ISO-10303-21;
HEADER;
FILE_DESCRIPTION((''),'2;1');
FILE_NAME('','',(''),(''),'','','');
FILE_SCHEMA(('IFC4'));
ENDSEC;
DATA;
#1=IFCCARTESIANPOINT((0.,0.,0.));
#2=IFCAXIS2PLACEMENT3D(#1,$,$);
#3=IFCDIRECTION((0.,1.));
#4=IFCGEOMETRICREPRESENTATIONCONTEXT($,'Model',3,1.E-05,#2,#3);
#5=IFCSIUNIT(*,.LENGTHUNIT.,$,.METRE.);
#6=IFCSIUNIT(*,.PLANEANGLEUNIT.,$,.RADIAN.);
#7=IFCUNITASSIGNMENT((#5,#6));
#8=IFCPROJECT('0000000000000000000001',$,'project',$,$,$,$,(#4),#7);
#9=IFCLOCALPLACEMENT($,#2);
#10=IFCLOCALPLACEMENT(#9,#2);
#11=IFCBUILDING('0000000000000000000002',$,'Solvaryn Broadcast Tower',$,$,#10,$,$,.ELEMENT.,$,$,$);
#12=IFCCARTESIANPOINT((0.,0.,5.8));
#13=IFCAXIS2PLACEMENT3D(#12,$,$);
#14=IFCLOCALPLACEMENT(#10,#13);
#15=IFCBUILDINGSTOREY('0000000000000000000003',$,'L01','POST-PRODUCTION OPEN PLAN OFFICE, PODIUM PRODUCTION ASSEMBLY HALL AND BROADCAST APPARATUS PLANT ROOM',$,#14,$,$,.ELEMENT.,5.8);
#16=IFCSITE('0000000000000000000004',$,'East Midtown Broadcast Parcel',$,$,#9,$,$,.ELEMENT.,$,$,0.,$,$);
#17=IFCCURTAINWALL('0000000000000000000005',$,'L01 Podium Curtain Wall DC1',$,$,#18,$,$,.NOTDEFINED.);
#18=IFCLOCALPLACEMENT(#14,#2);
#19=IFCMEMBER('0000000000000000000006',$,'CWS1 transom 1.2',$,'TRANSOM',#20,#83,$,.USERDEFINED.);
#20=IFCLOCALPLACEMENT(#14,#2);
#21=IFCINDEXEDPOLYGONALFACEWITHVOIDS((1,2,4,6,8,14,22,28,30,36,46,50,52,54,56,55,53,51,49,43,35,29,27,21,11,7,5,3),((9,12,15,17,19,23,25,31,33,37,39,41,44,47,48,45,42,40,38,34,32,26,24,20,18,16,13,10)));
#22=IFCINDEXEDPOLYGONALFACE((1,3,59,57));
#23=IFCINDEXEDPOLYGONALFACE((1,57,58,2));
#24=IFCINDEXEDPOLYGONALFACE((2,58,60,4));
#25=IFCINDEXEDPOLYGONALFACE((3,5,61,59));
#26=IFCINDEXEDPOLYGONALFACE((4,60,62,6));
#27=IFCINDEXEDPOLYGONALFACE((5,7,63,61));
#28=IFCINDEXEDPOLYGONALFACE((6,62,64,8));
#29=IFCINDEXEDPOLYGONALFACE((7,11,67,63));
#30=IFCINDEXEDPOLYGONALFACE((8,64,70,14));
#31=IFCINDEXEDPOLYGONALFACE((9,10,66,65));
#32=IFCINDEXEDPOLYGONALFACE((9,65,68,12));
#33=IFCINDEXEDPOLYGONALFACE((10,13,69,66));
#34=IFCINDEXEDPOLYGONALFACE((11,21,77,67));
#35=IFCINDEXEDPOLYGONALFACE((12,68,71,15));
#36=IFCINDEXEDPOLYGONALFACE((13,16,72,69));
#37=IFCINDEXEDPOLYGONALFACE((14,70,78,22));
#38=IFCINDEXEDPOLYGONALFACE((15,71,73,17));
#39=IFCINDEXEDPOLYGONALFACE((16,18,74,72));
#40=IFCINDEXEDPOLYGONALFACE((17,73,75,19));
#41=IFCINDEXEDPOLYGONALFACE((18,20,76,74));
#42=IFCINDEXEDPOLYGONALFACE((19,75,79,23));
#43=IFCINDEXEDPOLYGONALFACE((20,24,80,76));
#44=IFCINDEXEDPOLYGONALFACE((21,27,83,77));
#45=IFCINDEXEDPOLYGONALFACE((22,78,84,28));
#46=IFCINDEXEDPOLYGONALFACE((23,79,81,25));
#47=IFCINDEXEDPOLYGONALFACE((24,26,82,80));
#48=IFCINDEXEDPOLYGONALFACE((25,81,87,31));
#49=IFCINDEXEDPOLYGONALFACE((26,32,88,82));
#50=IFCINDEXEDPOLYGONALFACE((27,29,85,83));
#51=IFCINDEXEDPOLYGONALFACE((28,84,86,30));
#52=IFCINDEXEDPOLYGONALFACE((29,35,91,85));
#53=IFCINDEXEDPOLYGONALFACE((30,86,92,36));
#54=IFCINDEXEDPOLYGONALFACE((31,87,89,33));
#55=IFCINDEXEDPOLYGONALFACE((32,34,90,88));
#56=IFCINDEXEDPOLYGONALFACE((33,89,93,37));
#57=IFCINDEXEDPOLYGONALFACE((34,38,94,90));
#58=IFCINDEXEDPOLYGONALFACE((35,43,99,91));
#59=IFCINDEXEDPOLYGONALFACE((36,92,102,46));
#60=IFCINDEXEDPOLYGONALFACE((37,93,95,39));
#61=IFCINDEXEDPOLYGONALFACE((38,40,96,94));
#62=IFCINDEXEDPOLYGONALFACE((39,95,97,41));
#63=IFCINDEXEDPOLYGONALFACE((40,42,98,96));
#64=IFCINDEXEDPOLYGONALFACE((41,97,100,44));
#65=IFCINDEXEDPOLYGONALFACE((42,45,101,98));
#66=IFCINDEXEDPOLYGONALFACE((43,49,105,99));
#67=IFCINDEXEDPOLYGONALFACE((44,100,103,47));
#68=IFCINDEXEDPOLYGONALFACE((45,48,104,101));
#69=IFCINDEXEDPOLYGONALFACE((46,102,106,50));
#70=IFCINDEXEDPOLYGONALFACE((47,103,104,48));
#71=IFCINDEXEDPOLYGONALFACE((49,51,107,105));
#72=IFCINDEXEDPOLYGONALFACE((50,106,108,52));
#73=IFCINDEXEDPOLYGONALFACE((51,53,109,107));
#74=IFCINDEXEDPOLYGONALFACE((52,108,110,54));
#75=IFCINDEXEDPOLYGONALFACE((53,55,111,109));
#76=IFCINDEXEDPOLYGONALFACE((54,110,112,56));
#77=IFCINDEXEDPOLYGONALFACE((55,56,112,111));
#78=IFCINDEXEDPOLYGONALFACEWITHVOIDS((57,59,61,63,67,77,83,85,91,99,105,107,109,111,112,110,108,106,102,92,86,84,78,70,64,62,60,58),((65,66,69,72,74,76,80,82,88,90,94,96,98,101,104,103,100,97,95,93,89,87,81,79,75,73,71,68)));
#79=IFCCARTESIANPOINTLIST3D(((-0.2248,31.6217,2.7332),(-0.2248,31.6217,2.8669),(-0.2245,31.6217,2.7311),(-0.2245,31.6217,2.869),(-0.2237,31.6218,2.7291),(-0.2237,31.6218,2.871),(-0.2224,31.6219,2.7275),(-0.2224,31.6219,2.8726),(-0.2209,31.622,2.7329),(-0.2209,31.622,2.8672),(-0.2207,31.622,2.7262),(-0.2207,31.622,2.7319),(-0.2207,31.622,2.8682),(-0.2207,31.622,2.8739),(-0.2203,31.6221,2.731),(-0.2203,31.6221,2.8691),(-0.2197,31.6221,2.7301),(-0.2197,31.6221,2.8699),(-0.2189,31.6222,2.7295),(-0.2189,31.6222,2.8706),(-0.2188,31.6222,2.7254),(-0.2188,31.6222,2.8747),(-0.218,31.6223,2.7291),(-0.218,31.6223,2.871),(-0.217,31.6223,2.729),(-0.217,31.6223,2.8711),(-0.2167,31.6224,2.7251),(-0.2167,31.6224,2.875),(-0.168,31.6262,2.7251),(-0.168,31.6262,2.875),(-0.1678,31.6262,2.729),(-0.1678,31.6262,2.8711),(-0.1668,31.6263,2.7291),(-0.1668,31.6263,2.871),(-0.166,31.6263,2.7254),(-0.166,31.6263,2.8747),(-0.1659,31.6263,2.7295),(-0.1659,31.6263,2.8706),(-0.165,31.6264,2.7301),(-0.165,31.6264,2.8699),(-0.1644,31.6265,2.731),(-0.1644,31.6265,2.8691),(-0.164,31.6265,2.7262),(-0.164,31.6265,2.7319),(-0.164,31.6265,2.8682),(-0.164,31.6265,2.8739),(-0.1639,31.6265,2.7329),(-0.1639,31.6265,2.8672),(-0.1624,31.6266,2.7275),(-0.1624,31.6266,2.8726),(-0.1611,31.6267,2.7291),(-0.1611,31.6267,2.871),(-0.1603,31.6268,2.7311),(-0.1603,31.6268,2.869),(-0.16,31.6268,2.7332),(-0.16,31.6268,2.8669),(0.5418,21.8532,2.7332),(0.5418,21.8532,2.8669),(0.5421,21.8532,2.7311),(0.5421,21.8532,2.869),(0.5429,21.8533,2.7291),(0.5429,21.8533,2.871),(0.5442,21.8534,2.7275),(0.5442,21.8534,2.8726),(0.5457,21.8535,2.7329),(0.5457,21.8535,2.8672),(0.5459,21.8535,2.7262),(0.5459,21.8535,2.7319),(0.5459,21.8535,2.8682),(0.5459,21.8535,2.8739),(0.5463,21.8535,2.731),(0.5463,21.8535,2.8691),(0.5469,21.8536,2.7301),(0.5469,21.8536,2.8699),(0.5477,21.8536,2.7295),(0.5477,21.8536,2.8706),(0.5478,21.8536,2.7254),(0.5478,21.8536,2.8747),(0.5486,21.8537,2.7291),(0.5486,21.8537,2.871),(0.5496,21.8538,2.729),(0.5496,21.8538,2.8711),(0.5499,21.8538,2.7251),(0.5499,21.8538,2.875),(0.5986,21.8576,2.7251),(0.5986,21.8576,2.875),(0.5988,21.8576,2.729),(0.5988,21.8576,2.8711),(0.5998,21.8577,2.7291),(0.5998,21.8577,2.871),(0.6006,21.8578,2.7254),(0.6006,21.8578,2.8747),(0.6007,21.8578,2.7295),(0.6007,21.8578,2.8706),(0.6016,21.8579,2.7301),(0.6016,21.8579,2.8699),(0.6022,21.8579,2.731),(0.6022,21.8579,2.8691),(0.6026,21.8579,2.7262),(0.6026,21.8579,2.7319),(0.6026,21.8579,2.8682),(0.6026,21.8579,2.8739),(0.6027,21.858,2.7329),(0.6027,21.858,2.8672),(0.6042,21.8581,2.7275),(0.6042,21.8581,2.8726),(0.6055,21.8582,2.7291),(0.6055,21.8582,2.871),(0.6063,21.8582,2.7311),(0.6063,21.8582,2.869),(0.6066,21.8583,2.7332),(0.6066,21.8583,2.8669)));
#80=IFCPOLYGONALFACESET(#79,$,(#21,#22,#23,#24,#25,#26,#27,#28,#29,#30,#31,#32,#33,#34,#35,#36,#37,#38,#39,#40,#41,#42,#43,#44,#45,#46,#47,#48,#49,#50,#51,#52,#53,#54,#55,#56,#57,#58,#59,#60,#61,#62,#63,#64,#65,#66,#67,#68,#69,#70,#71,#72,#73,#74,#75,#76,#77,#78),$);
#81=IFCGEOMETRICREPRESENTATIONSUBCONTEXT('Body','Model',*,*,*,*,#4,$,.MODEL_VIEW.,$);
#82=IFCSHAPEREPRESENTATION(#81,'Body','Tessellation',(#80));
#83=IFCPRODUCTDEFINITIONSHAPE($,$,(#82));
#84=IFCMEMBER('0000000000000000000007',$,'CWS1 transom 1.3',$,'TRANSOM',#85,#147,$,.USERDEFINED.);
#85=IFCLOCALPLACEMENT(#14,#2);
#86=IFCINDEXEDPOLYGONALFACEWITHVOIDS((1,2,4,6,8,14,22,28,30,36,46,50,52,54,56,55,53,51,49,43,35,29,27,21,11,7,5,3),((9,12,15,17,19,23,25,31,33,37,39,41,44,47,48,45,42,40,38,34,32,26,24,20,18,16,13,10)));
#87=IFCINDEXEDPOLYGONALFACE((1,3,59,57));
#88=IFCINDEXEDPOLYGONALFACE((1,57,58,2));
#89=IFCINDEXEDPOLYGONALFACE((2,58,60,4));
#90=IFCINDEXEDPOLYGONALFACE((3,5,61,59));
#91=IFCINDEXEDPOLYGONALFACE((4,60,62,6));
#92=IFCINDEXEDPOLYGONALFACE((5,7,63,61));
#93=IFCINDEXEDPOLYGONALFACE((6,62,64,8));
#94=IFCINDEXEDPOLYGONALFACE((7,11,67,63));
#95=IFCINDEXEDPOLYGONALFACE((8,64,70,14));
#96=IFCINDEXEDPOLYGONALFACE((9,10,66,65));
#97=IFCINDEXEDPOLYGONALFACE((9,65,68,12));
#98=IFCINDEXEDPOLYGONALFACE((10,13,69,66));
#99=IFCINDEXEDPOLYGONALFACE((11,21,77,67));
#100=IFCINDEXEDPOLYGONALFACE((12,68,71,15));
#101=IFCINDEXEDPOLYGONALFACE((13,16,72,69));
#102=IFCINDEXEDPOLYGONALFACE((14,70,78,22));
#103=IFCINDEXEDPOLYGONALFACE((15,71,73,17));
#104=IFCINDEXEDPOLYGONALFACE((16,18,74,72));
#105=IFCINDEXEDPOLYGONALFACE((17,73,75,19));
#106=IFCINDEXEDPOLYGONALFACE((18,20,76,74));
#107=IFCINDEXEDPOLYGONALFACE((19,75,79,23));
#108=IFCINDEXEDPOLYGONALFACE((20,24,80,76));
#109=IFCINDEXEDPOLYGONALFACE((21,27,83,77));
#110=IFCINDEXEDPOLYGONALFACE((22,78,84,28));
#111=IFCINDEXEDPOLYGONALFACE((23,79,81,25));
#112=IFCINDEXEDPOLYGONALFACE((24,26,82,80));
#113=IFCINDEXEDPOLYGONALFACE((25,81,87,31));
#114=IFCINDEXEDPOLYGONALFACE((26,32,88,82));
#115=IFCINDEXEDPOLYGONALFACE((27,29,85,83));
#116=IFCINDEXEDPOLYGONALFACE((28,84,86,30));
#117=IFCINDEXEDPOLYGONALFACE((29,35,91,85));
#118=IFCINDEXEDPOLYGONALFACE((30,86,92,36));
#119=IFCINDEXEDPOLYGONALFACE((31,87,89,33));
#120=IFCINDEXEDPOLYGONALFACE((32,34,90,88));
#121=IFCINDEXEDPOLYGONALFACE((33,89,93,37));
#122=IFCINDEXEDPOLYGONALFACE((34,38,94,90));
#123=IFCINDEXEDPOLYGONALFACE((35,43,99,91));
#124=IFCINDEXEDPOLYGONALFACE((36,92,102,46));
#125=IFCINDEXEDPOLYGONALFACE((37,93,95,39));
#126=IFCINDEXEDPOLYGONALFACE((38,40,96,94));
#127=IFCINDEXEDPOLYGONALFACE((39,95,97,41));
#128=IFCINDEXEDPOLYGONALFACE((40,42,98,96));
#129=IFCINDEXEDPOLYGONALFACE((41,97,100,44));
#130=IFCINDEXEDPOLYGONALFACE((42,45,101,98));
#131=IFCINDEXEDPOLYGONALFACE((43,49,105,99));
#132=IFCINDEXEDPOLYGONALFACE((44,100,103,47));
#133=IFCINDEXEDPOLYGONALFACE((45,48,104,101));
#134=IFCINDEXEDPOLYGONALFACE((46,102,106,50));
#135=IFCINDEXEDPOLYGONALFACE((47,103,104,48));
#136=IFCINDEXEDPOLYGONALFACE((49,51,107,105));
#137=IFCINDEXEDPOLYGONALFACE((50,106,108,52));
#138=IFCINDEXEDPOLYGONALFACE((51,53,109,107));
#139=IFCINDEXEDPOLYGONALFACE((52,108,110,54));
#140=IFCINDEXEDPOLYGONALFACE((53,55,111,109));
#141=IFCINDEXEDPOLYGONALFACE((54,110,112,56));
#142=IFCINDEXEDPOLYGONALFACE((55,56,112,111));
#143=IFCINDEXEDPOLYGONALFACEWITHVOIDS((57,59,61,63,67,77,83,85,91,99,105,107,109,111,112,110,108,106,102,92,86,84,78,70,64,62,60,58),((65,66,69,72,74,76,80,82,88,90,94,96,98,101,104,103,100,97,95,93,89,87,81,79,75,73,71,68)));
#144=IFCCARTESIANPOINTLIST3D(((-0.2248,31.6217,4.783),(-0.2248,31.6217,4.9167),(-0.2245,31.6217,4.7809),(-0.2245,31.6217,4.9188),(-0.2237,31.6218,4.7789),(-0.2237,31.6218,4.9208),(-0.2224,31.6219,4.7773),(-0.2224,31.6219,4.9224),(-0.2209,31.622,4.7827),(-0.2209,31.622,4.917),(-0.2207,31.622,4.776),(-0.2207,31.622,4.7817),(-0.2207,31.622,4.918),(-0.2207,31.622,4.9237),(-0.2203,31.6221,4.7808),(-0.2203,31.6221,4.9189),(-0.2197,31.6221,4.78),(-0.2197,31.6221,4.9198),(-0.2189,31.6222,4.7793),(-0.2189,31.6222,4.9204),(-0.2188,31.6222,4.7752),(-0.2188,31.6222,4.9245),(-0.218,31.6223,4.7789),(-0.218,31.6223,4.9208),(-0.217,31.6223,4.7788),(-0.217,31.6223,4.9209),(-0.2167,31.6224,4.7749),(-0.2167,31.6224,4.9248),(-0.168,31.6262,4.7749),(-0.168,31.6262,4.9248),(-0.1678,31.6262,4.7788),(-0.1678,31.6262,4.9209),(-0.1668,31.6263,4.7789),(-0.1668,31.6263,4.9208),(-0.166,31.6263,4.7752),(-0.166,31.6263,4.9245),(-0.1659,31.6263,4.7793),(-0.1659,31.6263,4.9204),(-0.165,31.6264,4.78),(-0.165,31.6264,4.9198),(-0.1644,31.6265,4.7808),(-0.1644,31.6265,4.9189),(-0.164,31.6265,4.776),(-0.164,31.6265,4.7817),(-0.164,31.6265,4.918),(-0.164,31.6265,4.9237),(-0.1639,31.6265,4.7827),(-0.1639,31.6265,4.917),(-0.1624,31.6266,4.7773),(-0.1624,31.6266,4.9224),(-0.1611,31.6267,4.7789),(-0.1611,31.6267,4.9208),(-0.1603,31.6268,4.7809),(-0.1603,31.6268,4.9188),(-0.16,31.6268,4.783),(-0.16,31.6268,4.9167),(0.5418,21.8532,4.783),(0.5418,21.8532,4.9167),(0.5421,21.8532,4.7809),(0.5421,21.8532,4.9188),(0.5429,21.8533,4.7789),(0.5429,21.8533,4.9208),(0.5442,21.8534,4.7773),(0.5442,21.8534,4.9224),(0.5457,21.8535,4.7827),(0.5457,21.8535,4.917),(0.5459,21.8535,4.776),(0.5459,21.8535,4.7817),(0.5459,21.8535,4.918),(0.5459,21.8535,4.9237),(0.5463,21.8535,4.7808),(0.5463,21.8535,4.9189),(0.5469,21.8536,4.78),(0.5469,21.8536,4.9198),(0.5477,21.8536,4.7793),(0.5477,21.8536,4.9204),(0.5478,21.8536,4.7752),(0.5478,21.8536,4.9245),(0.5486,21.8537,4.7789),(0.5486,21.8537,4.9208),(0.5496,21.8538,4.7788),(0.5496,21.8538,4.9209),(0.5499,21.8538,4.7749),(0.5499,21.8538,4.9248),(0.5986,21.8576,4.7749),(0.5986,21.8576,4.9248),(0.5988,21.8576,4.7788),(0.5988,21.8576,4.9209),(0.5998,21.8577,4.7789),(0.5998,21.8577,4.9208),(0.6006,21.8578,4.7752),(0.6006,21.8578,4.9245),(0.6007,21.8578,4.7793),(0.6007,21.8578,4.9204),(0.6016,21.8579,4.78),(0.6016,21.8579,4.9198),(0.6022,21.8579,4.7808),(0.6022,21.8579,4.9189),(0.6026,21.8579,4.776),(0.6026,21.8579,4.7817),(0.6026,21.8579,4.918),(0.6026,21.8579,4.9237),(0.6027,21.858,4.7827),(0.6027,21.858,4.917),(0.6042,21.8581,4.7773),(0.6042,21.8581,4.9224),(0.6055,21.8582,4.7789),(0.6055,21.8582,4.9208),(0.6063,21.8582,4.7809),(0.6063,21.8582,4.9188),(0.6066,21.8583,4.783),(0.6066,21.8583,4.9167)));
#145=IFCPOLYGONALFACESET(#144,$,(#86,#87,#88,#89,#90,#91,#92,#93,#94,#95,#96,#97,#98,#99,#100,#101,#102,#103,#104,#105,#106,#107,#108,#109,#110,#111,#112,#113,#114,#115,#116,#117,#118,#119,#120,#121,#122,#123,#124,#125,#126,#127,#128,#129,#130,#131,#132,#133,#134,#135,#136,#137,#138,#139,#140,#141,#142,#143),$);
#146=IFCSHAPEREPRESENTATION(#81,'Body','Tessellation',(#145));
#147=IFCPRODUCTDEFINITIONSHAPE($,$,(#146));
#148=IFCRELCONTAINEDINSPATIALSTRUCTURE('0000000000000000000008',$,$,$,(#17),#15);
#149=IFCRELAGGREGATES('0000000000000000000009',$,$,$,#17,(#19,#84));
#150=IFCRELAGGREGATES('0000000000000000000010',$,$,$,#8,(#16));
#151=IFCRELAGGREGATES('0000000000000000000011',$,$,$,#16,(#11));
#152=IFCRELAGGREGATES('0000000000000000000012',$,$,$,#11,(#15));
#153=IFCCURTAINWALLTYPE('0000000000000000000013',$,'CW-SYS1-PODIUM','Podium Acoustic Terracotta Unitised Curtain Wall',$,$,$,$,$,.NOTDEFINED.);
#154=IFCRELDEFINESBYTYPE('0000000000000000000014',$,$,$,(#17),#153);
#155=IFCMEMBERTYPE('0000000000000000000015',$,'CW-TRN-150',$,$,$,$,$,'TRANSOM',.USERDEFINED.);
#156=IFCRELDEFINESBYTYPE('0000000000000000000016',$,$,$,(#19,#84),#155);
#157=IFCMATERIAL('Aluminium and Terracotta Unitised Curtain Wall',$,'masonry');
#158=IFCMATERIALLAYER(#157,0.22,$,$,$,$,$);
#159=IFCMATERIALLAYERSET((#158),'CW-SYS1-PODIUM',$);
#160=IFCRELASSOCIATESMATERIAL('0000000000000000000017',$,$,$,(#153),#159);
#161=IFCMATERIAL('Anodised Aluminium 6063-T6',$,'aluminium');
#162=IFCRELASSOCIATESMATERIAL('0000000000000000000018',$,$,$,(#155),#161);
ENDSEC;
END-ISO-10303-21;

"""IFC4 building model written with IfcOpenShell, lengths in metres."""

from ifc_helpers import new_model, si_unit, direction, frame, origin, origin_2d, place, context, subcontext, project, spatial, hollow_rectangle, extrude, material, layer, layer_set, material_profile, profile_set, type_object, element, aggregate, save


model = new_model("IFC4")

# Units and contexts
model_context = context("Model", 3, precision=1e-05, world=origin(), true_north=direction((0.0, 1.0)))
body_context = subcontext(model_context, "Body", "Model", "MODEL_VIEW")
ifc_project = project(units=[si_unit("LENGTHUNIT", "METRE"), si_unit("PLANEANGLEUNIT", "RADIAN")], contexts=[model_context])

# Site, building, storey
site_placement = place(None, origin())
site = spatial("IfcSite", under=ifc_project, at=site_placement, Name="East Midtown Broadcast Parcel", CompositionType="ELEMENT", RefElevation=0.0)
building_placement = place(site_placement, origin())
building = spatial("IfcBuilding", under=site, at=building_placement, Name="Solvaryn Broadcast Tower", CompositionType="ELEMENT")
storey_placement = place(building_placement, frame((0.0, 0.0, 5.8)))
storey = spatial("IfcBuildingStorey", under=building, at=storey_placement, Name="L01", Description="POST-PRODUCTION OPEN PLAN OFFICE, PODIUM PRODUCTION ASSEMBLY HALL AND BROADCAST APPARATUS PLANT ROOM", CompositionType="ELEMENT", Elevation=5.8)

# Curtain wall, members
ifc_material_1 = material(Name="Aluminium and Terracotta Unitised Curtain Wall", Category="masonry")
ifc_layer_1 = layer(ifc_material_1, 0.22)
ifc_layer_set_1 = layer_set([ifc_layer_1], Name="CW-SYS1-PODIUM")
curtain_wall_type = type_object("IfcCurtainWallType", Name="CW-SYS1-PODIUM", Description="Podium Acoustic Terracotta Unitised Curtain Wall", PredefinedType="NOTDEFINED", material=ifc_layer_set_1)
curtain_wall_placement = place(storey_placement, origin())
curtain_wall = element("IfcCurtainWall", 1, at=curtain_wall_placement, inside=storey, type_object=curtain_wall_type, Name="L01 Podium Curtain Wall DC1", PredefinedType="NOTDEFINED")
ifc_material_2 = material(Name="Anodised Aluminium 6063-T6", Category="aluminium")
ifc_material_profile_1 = material_profile(ifc_material_2, hollow_rectangle(XDim=0.0649, YDim=0.1499, WallThickness=0.0039, InnerFilletRadius=0.0039, OuterFilletRadius=0.0081, at=origin_2d()))
ifc_profile_set_1 = profile_set([ifc_material_profile_1], Name="Anodised Aluminium 6063-T6")
member_type_1 = type_object("IfcMemberType", Name="CW-TRN-150", ElementType="TRANSOM", PredefinedType="USERDEFINED", material=ifc_profile_set_1)
member_1_placement = place(storey_placement, frame((-0.1924, 31.6243, 2.8), z_axis=(0.078236, -0.996935, 0.0), x_axis=(0.996935, 0.078236, 0.0)))
member_1 = element("IfcMember", 2, at=member_1_placement, type_object=member_type_1, Name="CWS1 transom 1.2", ObjectType="TRANSOM", PredefinedType="USERDEFINED", context=body_context, shape_type="SweptSolid", body=[
    extrude(hollow_rectangle(XDim=0.0649, YDim=0.1499, WallThickness=0.0039, InnerFilletRadius=0.0039, OuterFilletRadius=0.0081, at=origin_2d()), origin(), (0.0, 0.0, 1.0), 9.7986),
])
member_2_placement = place(storey_placement, frame((-0.1924, 31.6243, 4.8499), z_axis=(0.078236, -0.996935, 0.0), x_axis=(0.996935, 0.078236, 0.0)))
member_2 = element("IfcMember", 3, at=member_2_placement, type_object=member_type_1, Name="CWS1 transom 1.3", ObjectType="TRANSOM", PredefinedType="USERDEFINED", context=body_context, shape_type="SweptSolid", body=[
    extrude(hollow_rectangle(XDim=0.0649, YDim=0.1499, WallThickness=0.0039, InnerFilletRadius=0.0039, OuterFilletRadius=0.0081, at=origin_2d()), origin(), (0.0, 0.0, 1.0), 9.7986),
])
aggregate(curtain_wall, [member_1, member_2])

save(model, "model.ifc")
